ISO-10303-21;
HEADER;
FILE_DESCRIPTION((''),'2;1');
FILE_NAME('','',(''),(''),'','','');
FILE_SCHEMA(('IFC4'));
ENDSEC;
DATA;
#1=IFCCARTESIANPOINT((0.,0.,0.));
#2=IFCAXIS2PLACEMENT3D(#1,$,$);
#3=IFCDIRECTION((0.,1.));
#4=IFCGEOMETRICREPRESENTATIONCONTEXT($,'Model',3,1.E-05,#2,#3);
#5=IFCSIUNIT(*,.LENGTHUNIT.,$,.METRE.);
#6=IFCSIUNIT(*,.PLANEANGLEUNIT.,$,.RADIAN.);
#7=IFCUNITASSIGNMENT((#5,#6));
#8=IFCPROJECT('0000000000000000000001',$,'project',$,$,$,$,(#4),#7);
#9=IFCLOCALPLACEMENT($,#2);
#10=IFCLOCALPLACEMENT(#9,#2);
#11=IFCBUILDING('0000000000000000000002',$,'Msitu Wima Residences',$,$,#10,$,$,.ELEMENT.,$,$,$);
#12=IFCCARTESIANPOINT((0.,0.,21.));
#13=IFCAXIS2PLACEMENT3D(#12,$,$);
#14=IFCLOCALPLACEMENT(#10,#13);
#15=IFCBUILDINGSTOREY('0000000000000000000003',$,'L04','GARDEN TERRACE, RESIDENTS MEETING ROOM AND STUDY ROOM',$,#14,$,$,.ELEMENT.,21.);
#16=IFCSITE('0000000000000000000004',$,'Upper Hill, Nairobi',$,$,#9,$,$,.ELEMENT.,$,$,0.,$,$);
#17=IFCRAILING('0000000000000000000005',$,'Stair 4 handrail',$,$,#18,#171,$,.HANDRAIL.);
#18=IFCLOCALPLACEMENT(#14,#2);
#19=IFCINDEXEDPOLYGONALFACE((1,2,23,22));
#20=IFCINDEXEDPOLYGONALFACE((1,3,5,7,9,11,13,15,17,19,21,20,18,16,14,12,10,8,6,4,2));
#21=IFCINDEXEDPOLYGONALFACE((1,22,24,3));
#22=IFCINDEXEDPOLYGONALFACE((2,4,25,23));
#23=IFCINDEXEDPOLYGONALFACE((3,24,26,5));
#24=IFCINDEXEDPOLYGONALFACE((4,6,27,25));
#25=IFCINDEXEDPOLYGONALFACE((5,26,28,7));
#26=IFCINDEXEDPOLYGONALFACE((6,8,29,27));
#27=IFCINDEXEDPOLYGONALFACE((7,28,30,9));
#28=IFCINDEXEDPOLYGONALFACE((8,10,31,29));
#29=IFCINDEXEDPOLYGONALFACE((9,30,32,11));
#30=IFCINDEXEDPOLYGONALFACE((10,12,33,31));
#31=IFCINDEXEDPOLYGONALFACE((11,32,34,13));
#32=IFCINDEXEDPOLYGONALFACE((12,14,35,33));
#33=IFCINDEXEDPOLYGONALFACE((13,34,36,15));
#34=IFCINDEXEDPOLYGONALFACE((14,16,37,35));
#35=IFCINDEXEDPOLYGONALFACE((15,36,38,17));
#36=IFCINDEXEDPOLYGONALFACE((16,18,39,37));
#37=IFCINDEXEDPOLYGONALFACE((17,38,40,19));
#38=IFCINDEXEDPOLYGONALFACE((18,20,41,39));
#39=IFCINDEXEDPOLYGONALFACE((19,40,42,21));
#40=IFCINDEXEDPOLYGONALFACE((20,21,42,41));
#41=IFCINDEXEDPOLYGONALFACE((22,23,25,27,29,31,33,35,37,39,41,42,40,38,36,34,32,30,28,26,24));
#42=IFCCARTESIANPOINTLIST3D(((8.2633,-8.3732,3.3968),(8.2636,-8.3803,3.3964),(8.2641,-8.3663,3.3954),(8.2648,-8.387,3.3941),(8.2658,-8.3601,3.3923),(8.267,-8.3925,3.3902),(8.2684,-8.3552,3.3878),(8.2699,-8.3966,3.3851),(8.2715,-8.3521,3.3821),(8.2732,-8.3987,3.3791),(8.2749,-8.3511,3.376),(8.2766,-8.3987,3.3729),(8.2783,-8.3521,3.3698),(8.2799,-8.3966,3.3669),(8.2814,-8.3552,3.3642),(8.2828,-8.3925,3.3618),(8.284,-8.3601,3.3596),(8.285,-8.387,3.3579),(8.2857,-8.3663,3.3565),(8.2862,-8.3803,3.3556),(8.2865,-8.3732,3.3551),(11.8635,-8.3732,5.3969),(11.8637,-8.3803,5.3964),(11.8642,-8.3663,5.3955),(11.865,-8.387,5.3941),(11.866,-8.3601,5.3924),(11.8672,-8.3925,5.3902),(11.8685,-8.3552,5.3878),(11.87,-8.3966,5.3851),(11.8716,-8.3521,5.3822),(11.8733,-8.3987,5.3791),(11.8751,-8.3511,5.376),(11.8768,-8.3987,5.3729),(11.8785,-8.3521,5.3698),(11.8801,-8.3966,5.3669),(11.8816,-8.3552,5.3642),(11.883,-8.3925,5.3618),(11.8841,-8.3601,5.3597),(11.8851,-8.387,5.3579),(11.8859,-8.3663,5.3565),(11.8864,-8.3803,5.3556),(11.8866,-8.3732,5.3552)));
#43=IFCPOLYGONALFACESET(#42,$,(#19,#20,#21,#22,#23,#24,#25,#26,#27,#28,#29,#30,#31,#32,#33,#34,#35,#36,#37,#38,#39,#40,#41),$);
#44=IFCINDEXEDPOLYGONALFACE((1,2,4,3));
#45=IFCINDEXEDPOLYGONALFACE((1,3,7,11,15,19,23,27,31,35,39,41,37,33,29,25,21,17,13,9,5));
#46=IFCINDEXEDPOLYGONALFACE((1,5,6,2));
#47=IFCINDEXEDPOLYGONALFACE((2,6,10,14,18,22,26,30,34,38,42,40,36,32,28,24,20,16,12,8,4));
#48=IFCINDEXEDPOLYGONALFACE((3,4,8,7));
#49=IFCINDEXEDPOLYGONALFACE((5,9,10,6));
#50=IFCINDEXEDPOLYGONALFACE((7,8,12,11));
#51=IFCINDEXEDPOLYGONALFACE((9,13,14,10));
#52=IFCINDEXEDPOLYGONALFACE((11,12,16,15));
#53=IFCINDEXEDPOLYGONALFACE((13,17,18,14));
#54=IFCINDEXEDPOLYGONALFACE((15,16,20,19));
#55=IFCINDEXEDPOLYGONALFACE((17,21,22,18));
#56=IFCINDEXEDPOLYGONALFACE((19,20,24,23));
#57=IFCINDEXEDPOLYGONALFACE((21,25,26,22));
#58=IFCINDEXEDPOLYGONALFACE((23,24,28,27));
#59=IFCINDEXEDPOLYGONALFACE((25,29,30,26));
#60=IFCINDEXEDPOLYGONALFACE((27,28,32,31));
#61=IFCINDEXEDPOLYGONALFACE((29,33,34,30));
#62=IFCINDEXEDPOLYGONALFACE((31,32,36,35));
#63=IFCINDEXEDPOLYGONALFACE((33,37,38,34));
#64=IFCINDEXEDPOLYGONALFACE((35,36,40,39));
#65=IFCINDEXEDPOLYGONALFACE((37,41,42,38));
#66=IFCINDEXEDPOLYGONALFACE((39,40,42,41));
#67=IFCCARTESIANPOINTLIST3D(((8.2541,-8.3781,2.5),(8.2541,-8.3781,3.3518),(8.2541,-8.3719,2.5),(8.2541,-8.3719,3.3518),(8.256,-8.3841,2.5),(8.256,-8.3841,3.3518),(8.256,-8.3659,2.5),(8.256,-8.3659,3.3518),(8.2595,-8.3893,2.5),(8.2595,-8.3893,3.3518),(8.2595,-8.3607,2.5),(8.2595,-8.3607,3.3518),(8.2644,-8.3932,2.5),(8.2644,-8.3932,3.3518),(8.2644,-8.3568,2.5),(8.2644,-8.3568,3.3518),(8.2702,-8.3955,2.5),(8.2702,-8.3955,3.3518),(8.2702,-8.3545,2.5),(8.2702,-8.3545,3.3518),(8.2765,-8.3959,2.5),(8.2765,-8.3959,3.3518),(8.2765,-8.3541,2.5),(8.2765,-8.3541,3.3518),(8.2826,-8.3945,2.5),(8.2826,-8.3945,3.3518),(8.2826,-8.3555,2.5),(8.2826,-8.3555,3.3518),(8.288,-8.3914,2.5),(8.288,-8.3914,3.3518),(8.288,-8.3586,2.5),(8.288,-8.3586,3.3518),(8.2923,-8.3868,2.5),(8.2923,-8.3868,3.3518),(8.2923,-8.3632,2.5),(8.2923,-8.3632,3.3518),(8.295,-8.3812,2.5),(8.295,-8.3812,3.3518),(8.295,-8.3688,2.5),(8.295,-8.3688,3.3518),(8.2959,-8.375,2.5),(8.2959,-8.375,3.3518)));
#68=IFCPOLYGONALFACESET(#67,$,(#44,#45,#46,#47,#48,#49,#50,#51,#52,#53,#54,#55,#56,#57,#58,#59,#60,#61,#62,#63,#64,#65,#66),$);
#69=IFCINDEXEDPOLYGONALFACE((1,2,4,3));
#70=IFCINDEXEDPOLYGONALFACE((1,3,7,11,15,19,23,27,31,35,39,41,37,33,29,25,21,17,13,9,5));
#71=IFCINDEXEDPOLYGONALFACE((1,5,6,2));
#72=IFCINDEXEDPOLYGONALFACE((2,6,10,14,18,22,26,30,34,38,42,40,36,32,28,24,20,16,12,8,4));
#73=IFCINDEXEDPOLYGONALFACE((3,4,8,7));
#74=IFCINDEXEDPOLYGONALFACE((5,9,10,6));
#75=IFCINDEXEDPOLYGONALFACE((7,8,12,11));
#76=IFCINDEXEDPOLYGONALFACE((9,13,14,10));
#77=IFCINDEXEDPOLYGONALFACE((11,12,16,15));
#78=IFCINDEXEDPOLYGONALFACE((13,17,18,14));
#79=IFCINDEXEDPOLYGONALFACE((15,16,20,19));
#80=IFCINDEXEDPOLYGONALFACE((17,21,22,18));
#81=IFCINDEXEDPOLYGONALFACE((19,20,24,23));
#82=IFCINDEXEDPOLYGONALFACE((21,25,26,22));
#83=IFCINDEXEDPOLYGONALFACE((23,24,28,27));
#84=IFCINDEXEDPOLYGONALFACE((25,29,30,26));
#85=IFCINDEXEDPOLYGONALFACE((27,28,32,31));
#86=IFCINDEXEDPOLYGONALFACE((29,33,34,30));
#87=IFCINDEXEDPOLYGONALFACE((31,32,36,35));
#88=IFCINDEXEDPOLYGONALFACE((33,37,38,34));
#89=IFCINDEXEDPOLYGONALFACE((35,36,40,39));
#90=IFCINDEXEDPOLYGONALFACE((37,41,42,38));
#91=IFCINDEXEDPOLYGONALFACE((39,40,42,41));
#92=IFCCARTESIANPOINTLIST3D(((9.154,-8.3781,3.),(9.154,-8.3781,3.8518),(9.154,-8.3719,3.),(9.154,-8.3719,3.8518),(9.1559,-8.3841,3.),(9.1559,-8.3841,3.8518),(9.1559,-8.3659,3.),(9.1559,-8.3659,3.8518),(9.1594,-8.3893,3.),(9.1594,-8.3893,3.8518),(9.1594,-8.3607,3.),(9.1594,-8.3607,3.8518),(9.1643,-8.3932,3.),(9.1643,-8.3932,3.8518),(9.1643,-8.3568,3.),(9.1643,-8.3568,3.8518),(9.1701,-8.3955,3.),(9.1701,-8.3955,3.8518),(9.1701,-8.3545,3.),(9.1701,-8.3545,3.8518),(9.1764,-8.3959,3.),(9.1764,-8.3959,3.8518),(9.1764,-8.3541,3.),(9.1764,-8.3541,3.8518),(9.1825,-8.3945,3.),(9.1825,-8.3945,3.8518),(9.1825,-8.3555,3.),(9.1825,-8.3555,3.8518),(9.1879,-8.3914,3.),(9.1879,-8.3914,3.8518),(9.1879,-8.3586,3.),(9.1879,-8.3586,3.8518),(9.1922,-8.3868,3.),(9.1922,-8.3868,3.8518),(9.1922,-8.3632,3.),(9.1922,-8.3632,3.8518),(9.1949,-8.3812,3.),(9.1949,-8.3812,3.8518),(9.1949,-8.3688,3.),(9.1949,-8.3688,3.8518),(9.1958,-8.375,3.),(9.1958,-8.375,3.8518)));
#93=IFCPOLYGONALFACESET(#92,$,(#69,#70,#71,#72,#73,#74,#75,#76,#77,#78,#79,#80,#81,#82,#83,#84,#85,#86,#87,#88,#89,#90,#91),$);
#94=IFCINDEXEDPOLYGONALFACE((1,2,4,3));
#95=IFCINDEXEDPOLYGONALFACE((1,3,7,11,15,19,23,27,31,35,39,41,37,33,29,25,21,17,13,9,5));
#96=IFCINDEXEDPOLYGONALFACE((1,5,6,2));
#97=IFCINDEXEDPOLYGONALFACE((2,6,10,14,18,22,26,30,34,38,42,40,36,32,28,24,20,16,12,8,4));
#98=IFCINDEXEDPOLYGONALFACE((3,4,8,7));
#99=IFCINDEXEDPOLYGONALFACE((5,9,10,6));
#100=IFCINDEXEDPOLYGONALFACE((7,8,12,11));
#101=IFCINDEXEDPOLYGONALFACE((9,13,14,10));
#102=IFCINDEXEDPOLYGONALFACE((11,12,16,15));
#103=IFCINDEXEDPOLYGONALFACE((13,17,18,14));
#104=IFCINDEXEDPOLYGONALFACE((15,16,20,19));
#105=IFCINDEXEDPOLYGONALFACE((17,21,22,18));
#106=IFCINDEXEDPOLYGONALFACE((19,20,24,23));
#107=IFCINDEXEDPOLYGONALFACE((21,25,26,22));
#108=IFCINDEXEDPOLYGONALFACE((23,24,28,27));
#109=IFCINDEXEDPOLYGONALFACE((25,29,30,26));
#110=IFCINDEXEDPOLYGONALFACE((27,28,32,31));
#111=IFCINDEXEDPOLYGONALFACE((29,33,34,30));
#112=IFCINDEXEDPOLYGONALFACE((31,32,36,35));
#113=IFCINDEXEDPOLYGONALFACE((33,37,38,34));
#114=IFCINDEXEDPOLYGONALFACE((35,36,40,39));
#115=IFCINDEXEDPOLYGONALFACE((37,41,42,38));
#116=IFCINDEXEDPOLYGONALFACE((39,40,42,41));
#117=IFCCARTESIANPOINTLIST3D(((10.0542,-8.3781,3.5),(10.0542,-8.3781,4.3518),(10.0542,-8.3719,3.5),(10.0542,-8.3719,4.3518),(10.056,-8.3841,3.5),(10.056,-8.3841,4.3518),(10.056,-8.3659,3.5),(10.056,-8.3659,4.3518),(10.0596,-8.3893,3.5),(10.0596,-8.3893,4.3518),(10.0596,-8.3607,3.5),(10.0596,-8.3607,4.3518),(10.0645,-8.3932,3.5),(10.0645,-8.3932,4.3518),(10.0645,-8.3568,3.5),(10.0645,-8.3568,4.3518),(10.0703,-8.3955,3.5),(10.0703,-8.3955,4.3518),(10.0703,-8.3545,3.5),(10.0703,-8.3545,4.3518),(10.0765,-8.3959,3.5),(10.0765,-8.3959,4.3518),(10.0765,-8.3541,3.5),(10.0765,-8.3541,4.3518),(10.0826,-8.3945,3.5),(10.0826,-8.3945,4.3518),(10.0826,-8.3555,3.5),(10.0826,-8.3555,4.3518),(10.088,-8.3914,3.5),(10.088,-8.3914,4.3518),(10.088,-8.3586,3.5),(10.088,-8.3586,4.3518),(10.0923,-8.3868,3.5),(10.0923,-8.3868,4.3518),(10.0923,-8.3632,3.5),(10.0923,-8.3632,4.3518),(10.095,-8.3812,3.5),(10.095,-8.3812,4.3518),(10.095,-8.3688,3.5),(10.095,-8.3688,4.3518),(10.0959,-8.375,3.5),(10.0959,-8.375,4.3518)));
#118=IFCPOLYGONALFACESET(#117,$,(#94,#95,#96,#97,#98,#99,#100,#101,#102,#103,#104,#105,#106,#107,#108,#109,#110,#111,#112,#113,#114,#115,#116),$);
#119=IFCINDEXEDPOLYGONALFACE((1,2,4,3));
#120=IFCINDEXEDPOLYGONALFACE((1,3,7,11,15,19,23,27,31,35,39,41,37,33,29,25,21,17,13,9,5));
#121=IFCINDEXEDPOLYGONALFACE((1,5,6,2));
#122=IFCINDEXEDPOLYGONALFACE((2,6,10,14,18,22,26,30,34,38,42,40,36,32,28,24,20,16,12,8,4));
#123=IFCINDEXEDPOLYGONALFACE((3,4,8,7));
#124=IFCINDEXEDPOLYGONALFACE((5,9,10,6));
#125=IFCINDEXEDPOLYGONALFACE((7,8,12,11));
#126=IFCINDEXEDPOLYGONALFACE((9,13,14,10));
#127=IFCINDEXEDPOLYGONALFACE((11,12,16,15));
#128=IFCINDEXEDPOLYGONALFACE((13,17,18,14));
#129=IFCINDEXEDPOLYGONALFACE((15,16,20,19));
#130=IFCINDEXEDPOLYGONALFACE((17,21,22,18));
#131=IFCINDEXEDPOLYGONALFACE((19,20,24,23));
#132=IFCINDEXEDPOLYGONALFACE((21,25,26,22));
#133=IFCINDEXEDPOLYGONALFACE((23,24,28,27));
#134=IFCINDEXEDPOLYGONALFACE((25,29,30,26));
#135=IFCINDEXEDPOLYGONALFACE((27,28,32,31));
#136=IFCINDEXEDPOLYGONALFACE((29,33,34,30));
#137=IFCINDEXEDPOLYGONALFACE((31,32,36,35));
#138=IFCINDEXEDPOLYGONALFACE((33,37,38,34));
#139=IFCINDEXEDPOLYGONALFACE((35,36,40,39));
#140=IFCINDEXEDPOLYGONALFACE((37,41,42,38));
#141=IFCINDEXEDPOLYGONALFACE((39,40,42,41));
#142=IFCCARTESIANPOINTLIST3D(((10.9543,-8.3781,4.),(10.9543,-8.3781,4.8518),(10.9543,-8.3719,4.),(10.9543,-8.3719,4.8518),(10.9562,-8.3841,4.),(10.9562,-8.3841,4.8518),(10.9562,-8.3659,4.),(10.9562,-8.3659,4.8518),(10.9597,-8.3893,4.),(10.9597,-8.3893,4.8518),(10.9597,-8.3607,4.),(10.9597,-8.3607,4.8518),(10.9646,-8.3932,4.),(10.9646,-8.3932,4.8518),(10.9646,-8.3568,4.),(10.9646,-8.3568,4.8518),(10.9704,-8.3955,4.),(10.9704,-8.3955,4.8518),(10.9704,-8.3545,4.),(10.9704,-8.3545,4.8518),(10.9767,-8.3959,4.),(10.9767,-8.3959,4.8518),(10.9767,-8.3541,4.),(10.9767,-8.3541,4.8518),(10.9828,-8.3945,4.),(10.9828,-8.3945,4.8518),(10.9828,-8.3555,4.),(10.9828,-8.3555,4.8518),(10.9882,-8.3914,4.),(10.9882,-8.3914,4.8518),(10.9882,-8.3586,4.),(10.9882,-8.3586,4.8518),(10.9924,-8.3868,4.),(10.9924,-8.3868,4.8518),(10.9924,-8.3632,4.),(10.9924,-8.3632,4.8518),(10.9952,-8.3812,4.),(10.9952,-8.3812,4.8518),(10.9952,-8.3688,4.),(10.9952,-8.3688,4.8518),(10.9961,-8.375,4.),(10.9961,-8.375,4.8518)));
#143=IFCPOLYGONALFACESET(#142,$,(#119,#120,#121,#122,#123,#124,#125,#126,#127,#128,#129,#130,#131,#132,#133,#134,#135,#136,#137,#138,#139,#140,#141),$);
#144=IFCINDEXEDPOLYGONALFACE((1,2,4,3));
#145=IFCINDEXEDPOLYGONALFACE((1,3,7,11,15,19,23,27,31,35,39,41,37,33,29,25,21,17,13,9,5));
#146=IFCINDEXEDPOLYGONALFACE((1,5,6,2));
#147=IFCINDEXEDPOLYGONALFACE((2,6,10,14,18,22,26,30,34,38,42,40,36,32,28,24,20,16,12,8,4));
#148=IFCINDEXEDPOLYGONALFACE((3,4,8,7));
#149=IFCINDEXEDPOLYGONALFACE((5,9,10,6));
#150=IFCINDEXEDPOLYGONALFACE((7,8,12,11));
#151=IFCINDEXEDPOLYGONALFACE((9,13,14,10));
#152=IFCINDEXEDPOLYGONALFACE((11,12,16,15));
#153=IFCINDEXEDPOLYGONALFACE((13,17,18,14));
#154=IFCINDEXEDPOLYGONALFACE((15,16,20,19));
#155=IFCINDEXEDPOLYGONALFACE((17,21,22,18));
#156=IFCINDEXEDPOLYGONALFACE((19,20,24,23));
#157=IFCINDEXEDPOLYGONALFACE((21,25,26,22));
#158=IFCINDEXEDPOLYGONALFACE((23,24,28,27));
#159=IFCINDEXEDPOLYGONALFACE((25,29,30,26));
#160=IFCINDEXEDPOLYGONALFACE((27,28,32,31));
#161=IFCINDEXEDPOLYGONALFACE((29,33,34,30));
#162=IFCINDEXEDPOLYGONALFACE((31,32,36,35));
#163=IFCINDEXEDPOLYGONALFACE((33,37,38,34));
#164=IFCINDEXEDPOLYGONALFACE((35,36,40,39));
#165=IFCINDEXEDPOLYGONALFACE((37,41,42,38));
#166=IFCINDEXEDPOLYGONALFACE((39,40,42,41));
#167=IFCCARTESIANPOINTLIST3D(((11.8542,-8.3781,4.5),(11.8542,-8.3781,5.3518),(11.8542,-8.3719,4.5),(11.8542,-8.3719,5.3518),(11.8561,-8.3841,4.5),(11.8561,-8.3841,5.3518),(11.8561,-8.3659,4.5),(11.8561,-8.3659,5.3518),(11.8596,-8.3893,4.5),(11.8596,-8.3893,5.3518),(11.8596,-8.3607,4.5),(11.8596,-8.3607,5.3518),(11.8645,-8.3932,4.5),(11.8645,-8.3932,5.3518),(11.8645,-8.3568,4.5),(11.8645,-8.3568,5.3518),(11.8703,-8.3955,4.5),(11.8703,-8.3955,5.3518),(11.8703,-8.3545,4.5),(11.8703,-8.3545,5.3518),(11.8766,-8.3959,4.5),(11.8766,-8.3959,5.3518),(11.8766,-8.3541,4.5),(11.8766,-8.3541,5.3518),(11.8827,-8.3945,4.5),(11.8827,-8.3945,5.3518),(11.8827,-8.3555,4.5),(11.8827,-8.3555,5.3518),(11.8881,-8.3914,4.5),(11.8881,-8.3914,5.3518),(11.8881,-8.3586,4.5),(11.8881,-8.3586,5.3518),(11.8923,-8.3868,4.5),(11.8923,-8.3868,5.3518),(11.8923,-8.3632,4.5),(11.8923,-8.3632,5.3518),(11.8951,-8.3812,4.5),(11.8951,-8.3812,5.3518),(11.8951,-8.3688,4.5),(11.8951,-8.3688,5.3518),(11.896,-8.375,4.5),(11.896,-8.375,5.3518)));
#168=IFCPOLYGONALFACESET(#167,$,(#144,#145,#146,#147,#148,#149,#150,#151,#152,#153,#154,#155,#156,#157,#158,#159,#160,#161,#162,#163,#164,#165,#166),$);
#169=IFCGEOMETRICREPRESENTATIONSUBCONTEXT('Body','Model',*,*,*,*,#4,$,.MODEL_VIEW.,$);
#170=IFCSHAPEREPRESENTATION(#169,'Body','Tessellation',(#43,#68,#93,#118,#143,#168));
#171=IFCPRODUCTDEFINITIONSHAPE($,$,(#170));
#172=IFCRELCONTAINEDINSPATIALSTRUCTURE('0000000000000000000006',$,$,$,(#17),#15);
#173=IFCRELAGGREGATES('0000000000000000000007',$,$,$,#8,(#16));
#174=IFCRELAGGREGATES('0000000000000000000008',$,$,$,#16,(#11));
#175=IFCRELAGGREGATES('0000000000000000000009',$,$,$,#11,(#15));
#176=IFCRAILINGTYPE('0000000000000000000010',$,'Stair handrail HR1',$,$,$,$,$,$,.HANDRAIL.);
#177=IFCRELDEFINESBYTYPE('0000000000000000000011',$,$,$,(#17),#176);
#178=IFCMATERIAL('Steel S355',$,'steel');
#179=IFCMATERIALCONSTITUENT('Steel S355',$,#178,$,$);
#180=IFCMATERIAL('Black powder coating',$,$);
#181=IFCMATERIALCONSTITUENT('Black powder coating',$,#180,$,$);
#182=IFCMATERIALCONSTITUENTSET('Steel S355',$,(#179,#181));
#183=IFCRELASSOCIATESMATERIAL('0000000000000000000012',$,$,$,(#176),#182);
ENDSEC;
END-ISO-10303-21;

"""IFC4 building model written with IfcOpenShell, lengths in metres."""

from ifc_helpers import new_model, si_unit, direction, frame, origin, origin_2d, place, context, subcontext, project, spatial, circle, extrude, material, constituent, constituent_set, type_object, element, save


model = new_model("IFC4")

# Units and contexts
model_context = context("Model", 3, precision=1e-05, world=origin(), true_north=direction((0.0, 1.0)))
body_context = subcontext(model_context, "Body", "Model", "MODEL_VIEW")
ifc_project = project(units=[si_unit("LENGTHUNIT", "METRE"), si_unit("PLANEANGLEUNIT", "RADIAN")], contexts=[model_context])

# Site, building, storey
site_placement = place(None, origin())
site = spatial("IfcSite", under=ifc_project, at=site_placement, Name="Upper Hill, Nairobi", CompositionType="ELEMENT", RefElevation=0.0)
building_placement = place(site_placement, origin())
building = spatial("IfcBuilding", under=site, at=building_placement, Name="Msitu Wima Residences", CompositionType="ELEMENT")
storey_placement = place(building_placement, frame((0.0, 0.0, 21.0)))
storey = spatial("IfcBuildingStorey", under=building, at=storey_placement, Name="L04", Description="GARDEN TERRACE, RESIDENTS MEETING ROOM AND STUDY ROOM", CompositionType="ELEMENT", Elevation=21.0)

# Railing
ifc_material_1 = material(Name="Steel S355", Category="steel")
ifc_constituent_1 = constituent(ifc_material_1, Name="Steel S355")
ifc_material_2 = material(Name="Black powder coating")
ifc_constituent_2 = constituent(ifc_material_2, Name="Black powder coating")
ifc_constituent_set = constituent_set(constituents=[ifc_constituent_1, ifc_constituent_2], Name="Steel S355")
railing_type = type_object("IfcRailingType", Name="Stair handrail HR1", PredefinedType="HANDRAIL", material=ifc_constituent_set)
for number, where, name in (
    (1, (8.2749, -8.375, 2.5), "Stair 4 handrail"),
):
    element("IfcRailing", number, at=place(storey_placement, frame(where)), inside=storey, type_object=railing_type, Name=name, PredefinedType="HANDRAIL", context=body_context, shape_type="SweptSolid", body=[
        extrude(circle(Radius=0.0239, at=origin_2d()), frame((0.0, 0.0, 0.876), z_axis=(0.874163, 0.0, 0.485633), x_axis=(0.0, 1.0, 0.0)), (0.0, 0.0, 1.0), 4.1184),
        extrude(circle(Radius=0.021, at=origin_2d()), origin(), (0.0, 0.0, 1.0), 0.8518),
        extrude(circle(Radius=0.021, at=origin_2d()), frame((0.8999, 0.0, 0.5)), (0.0, 0.0, 1.0), 0.8518),
        extrude(circle(Radius=0.021, at=origin_2d()), frame((1.8, 0.0, 1.0)), (0.0, 0.0, 1.0), 0.8518),
        extrude(circle(Radius=0.021, at=origin_2d()), frame((2.7002, 0.0, 1.5)), (0.0, 0.0, 1.0), 0.8518),
        extrude(circle(Radius=0.021, at=origin_2d()), frame((3.6001, 0.0, 2.0)), (0.0, 0.0, 1.0), 0.8518),
    ])

save(model, "model.ifc")
